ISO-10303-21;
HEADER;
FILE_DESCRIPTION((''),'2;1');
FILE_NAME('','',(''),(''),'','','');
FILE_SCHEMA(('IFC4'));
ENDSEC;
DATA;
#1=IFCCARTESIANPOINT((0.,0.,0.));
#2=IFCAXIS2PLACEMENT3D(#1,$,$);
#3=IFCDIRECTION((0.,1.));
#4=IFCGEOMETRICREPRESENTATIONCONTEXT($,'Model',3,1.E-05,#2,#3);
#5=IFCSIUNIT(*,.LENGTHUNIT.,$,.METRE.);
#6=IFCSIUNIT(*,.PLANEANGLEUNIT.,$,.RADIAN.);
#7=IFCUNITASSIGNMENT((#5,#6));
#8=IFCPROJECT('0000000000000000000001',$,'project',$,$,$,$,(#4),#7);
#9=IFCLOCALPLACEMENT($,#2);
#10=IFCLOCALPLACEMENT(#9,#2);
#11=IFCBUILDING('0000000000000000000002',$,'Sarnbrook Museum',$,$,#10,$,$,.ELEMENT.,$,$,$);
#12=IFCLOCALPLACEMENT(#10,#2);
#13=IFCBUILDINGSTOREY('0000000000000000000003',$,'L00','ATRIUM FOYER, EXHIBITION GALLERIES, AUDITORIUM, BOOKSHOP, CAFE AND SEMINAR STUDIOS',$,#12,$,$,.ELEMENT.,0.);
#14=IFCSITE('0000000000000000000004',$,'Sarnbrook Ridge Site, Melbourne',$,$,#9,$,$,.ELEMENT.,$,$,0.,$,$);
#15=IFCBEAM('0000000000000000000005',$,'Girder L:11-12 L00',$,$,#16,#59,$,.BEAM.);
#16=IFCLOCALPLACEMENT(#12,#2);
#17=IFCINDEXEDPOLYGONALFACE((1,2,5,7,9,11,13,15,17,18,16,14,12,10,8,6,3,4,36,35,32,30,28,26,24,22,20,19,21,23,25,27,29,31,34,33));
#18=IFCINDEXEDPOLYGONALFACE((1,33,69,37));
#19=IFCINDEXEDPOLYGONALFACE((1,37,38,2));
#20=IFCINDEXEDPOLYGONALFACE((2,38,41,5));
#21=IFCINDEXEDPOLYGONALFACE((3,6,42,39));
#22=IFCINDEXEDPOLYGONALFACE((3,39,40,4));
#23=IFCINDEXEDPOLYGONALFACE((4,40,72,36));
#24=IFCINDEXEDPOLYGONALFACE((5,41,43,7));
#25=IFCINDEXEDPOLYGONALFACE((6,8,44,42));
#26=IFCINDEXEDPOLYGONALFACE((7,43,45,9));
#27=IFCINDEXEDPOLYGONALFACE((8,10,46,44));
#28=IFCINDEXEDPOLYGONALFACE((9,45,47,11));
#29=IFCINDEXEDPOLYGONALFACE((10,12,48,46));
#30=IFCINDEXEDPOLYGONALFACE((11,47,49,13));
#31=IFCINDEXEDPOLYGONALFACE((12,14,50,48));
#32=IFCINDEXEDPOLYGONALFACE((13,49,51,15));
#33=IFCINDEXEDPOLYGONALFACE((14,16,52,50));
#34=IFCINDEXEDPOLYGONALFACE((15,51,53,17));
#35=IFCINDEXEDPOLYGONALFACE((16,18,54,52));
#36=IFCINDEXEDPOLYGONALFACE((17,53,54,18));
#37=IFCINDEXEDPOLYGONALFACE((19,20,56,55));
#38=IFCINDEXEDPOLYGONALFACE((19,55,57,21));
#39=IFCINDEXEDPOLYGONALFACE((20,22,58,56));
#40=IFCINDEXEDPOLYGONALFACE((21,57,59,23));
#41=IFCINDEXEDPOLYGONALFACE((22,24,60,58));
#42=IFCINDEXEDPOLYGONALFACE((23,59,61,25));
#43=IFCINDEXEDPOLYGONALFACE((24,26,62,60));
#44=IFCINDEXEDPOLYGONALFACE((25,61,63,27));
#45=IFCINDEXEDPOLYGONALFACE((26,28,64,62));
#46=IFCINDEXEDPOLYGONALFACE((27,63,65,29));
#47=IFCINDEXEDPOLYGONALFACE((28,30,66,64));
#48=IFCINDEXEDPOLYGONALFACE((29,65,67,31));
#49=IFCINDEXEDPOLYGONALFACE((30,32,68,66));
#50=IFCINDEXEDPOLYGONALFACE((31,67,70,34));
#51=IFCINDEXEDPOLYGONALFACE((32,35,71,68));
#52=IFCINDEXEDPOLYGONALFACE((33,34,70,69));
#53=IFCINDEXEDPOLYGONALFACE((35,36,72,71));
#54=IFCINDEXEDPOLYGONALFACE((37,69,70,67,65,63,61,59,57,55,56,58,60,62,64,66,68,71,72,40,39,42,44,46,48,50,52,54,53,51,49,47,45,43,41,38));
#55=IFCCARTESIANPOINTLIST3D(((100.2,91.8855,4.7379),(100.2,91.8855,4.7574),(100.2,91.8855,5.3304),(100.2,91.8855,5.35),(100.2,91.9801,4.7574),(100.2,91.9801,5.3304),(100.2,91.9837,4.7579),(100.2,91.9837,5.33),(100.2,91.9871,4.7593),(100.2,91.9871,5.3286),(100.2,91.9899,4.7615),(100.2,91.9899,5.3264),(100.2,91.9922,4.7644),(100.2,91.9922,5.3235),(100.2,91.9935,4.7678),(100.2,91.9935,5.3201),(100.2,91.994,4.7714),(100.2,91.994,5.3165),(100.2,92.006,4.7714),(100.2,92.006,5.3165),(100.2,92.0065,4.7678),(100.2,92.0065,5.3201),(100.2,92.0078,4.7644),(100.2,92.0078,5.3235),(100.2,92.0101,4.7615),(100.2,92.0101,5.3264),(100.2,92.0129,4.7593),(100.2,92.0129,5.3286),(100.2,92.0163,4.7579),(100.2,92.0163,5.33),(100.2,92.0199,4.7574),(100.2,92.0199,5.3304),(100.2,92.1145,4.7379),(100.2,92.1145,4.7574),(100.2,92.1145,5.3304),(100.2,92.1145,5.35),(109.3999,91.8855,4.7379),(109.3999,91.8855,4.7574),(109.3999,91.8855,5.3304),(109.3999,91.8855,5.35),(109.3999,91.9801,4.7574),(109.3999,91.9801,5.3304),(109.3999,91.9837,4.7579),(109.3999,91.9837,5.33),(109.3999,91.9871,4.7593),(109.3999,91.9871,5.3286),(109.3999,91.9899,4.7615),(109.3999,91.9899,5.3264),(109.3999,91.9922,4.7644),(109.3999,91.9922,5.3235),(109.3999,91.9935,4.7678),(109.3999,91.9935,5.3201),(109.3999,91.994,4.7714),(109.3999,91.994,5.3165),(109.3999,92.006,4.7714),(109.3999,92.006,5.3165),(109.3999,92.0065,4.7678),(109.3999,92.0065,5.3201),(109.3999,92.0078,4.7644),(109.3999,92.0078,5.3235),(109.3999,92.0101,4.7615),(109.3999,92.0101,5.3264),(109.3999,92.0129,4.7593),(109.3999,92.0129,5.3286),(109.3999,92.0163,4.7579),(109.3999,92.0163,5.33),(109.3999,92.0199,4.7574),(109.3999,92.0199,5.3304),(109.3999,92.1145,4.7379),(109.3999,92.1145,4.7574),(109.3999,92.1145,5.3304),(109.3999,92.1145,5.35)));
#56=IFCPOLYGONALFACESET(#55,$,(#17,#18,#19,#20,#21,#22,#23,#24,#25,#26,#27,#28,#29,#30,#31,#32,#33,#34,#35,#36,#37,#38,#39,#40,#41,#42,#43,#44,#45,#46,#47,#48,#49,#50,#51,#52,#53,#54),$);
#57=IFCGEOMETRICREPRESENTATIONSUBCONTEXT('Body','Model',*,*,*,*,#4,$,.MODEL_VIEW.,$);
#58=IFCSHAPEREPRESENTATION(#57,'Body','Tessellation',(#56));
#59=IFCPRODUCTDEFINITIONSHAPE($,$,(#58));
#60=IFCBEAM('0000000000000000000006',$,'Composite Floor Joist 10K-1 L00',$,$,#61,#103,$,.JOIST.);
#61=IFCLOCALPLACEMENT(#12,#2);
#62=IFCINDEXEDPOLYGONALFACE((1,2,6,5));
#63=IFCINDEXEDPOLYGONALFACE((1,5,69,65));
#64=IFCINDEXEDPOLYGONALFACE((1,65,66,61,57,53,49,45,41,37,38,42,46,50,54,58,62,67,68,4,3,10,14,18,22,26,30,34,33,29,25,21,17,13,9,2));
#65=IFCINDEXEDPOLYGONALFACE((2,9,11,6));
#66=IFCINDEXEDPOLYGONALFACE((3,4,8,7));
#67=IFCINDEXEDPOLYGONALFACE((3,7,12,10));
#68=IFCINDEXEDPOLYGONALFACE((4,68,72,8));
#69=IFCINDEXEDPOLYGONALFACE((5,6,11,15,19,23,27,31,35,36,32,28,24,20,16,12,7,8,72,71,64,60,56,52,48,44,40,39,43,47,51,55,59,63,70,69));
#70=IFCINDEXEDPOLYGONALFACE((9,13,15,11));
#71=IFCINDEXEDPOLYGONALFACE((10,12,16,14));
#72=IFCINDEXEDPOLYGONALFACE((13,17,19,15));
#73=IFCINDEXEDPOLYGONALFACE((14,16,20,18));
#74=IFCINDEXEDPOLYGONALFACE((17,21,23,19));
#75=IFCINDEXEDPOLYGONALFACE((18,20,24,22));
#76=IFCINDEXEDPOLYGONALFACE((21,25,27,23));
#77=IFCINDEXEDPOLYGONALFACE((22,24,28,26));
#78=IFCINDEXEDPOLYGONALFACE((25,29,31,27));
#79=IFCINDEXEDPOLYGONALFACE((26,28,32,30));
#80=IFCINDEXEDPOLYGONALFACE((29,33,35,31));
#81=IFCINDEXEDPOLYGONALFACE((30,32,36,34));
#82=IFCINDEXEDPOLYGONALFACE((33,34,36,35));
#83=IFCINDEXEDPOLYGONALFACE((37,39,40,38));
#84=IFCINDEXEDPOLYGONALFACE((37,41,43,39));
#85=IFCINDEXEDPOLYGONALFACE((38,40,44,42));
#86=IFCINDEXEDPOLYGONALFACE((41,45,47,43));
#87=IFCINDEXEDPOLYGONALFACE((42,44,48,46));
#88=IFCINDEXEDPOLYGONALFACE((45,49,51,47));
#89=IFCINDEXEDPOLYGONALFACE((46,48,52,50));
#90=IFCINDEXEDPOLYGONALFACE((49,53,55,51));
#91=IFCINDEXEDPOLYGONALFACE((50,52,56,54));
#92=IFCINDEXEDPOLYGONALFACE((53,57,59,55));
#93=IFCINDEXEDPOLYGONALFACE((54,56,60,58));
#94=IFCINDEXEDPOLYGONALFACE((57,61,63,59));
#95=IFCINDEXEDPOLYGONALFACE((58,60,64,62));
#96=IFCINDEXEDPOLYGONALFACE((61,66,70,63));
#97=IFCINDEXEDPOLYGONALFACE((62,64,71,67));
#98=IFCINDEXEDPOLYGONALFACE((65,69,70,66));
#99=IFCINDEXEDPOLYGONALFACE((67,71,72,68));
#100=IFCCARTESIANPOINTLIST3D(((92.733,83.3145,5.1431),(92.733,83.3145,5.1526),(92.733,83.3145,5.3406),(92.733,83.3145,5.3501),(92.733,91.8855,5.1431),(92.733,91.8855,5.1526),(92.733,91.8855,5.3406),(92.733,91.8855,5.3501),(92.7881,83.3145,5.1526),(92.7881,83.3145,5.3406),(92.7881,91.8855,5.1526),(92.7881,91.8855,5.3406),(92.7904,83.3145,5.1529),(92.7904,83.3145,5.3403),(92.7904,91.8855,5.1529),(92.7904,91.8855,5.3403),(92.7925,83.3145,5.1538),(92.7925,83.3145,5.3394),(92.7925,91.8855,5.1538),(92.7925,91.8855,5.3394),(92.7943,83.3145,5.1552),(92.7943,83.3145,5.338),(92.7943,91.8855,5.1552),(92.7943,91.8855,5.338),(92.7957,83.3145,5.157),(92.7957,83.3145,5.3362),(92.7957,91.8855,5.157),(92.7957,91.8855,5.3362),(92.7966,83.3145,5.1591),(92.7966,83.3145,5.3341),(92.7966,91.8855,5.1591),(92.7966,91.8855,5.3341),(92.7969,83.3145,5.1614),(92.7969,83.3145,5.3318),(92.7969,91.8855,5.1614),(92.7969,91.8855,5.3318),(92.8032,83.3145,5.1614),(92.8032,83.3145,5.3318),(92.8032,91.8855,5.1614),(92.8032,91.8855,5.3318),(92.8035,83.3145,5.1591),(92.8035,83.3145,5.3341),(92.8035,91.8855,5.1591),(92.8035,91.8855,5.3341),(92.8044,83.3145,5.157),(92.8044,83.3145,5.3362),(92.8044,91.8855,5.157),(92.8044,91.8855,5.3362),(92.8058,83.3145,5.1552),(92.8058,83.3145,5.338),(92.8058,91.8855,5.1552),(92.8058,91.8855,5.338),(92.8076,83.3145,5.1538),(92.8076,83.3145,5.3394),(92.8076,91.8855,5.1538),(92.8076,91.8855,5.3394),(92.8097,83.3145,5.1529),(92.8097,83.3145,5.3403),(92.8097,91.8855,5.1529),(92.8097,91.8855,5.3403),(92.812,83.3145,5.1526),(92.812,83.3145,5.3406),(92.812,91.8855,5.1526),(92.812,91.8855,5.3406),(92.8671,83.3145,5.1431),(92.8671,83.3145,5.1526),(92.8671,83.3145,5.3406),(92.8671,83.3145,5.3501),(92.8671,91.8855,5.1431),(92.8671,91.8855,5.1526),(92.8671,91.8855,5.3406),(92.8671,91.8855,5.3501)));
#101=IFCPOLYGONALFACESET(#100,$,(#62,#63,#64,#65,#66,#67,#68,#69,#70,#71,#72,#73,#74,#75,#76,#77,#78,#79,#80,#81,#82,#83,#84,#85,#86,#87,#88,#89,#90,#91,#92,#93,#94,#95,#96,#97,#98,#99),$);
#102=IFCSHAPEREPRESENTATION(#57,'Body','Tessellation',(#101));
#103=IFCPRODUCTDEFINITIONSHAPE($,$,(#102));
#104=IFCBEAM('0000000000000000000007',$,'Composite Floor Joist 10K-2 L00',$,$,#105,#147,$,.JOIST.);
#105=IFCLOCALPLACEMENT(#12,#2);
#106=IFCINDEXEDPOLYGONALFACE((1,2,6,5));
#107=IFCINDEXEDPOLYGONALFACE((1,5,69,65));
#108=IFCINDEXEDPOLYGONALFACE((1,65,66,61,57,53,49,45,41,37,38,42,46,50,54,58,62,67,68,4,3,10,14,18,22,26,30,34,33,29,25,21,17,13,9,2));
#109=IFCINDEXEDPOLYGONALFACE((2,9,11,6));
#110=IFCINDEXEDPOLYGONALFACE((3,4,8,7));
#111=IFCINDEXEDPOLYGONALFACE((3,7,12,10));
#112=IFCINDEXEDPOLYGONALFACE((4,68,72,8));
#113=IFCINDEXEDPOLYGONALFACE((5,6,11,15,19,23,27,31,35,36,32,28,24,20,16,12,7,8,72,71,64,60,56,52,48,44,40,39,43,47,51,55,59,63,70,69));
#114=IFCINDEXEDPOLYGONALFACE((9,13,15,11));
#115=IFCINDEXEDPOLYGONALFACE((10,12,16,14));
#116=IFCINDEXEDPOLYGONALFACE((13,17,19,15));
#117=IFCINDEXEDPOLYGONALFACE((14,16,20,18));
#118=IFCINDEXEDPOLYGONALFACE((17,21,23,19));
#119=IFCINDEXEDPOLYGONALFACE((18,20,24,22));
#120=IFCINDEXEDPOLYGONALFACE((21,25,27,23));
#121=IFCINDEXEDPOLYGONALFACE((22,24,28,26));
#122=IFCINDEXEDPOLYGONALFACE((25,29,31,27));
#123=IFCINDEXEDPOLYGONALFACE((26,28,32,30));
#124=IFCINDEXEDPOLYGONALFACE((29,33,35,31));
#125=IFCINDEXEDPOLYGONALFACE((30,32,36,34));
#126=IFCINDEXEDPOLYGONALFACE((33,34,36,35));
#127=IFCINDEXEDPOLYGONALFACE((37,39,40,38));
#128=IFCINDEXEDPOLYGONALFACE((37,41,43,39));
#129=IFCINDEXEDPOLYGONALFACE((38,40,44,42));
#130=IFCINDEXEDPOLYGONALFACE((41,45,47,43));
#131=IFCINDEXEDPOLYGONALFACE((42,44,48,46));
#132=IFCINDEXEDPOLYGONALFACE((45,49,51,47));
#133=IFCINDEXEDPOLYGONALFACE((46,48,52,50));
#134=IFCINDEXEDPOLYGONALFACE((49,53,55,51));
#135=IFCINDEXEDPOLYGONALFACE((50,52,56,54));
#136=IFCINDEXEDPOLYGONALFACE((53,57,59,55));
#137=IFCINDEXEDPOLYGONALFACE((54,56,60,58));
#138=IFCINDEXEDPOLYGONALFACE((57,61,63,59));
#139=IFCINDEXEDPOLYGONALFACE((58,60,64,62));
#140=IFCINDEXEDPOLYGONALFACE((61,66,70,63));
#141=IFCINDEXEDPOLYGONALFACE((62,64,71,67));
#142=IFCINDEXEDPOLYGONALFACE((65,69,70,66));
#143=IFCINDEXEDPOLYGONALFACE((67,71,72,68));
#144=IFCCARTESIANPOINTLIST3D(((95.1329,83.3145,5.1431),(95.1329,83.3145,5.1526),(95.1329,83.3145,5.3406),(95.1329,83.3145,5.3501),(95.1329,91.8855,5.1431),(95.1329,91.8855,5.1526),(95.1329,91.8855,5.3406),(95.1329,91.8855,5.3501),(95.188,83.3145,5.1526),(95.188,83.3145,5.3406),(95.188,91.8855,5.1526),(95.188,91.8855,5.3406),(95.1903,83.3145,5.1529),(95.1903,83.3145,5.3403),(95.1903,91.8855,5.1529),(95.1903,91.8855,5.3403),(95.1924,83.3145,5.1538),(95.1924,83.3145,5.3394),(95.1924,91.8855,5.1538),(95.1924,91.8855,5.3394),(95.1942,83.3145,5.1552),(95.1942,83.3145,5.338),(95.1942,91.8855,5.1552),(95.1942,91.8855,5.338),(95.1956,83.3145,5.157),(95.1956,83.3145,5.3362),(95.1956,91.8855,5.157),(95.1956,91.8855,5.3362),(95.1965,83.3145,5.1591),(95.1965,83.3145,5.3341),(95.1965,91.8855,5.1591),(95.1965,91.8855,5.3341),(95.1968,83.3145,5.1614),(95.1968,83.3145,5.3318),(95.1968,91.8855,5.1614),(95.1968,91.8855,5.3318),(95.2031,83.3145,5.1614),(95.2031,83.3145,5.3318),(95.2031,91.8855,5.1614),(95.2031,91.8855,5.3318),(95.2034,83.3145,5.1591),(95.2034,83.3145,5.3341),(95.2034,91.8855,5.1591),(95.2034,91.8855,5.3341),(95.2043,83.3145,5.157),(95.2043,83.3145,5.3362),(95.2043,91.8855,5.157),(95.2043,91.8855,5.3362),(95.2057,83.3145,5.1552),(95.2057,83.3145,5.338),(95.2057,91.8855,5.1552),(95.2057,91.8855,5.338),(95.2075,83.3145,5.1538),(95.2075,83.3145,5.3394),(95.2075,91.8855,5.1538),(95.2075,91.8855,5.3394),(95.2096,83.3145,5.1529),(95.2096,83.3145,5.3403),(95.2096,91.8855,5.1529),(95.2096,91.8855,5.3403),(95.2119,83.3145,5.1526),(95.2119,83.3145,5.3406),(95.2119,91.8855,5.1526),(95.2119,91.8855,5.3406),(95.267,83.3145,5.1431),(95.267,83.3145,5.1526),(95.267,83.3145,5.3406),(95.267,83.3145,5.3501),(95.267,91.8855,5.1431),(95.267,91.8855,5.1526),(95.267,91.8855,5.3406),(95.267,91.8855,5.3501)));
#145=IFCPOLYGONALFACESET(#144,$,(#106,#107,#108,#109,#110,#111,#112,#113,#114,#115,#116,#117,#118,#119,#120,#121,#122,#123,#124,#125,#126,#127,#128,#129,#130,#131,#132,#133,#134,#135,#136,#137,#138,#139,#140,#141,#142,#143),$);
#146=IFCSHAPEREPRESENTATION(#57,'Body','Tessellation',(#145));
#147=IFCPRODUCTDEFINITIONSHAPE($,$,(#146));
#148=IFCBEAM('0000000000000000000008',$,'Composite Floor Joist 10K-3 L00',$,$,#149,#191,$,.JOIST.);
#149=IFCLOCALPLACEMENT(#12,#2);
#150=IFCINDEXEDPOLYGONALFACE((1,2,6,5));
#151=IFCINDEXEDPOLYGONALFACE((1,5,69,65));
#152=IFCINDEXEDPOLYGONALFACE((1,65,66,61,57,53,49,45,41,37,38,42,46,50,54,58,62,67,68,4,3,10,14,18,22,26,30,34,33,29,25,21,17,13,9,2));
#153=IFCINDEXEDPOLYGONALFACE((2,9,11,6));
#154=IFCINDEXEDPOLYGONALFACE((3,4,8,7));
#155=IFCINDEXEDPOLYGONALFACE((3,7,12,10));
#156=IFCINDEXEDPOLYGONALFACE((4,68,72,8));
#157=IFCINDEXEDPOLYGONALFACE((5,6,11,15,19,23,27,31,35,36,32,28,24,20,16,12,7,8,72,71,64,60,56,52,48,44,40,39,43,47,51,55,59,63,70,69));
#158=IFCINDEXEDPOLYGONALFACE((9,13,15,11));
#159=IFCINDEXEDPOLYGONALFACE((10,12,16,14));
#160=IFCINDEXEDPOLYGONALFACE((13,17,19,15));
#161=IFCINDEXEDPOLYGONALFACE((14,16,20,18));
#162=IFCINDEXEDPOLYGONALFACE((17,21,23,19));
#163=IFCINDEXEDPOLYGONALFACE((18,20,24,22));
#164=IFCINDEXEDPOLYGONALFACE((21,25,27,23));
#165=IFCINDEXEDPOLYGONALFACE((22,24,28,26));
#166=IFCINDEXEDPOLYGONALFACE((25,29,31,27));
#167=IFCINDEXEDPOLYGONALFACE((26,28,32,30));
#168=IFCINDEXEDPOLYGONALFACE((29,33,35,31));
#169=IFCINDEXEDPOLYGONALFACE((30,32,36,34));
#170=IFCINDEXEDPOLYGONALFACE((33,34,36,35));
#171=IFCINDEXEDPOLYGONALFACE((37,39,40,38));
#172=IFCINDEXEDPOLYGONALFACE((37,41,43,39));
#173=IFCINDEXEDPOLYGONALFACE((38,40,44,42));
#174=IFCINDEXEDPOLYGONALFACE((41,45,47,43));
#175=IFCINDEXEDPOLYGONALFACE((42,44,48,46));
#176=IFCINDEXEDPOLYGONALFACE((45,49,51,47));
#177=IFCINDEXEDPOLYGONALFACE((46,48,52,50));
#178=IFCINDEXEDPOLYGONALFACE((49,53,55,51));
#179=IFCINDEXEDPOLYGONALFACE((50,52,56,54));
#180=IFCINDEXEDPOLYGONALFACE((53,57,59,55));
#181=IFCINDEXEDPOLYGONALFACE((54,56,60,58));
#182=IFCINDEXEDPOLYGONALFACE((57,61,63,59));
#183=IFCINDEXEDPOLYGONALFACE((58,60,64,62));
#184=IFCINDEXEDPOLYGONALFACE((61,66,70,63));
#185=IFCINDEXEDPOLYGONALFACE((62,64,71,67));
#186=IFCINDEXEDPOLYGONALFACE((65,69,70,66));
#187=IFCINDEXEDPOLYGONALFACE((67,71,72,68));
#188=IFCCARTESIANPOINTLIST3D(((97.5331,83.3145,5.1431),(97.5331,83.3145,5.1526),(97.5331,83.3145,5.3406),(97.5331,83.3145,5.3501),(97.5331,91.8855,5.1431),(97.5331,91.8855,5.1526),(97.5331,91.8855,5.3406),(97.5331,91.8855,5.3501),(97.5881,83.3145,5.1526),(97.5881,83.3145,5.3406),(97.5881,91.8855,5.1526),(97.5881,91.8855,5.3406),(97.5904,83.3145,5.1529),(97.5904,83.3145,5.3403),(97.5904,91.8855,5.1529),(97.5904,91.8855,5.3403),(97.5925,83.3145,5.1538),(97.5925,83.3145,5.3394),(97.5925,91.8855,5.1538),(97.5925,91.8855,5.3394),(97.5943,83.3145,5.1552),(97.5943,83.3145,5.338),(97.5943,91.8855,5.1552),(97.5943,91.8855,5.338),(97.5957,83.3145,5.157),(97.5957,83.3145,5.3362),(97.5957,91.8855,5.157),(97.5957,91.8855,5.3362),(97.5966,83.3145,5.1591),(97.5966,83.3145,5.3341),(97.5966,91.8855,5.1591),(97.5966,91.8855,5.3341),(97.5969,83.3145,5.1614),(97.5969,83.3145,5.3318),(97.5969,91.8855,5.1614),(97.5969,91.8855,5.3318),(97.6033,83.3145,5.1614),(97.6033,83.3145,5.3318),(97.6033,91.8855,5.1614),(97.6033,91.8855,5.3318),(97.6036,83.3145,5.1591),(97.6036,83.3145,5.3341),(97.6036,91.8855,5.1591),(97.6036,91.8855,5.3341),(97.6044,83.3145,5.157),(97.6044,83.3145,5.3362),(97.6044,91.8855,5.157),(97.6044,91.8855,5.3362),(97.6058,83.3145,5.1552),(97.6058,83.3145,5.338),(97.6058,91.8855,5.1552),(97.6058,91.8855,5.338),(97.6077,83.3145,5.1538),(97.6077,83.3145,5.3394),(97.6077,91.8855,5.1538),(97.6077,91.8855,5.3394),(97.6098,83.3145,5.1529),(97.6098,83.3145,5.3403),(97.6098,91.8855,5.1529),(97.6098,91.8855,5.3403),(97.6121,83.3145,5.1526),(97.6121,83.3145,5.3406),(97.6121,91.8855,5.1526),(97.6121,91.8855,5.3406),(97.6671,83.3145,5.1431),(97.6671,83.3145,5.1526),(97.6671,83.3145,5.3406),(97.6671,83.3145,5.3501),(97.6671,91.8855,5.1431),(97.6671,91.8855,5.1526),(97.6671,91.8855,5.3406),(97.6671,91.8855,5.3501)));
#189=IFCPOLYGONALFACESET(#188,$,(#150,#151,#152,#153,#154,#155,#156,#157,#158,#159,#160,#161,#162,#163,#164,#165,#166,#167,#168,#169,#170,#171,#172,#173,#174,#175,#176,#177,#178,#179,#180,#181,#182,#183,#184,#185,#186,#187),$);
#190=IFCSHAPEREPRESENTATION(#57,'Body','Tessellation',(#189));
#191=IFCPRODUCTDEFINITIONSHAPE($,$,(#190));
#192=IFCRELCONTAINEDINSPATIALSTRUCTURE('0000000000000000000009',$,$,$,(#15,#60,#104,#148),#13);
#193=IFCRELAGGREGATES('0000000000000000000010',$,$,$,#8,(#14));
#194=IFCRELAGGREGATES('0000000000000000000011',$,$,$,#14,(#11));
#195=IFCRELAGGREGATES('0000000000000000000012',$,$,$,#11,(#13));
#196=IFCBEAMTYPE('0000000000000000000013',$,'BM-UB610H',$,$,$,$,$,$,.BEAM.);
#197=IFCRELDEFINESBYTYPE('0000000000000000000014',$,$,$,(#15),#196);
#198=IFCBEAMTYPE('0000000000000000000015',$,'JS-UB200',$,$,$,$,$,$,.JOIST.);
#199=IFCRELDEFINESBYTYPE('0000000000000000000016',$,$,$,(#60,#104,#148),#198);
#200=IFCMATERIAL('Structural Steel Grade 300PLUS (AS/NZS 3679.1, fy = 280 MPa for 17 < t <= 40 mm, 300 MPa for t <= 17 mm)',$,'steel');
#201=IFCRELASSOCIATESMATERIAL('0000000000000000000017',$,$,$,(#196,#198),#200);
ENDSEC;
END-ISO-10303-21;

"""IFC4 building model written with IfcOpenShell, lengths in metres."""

from ifc_helpers import new_model, si_unit, direction, frame, origin, origin_2d, place, context, subcontext, project, spatial, i_section, extrude, material, material_profile, profile_set, type_object, element, save


model = new_model("IFC4")

# Units and contexts
model_context = context("Model", 3, precision=1e-05, world=origin(), true_north=direction((0.0, 1.0)))
body_context = subcontext(model_context, "Body", "Model", "MODEL_VIEW")
ifc_project = project(units=[si_unit("LENGTHUNIT", "METRE"), si_unit("PLANEANGLEUNIT", "RADIAN")], contexts=[model_context])

# Site, building, storey
site_placement = place(None, origin())
site = spatial("IfcSite", under=ifc_project, at=site_placement, Name="Sarnbrook Ridge Site, Melbourne", CompositionType="ELEMENT", RefElevation=0.0)
building_placement = place(site_placement, origin())
building = spatial("IfcBuilding", under=site, at=building_placement, Name="Sarnbrook Museum", CompositionType="ELEMENT")
storey_placement = place(building_placement, origin())
storey = spatial("IfcBuildingStorey", under=building, at=storey_placement, Name="L00", Description="ATRIUM FOYER, EXHIBITION GALLERIES, AUDITORIUM, BOOKSHOP, CAFE AND SEMINAR STUDIOS", CompositionType="ELEMENT", Elevation=0.0)

# Beams
ifc_material_1 = material(Name="Structural Steel Grade 300PLUS (AS/NZS 3679.1, fy = 280 MPa for 17 < t <= 40 mm, 300 MPa for t <= 17 mm)", Category="steel")
ifc_material_profile_1 = material_profile(ifc_material_1, i_section(OverallWidth=0.229, OverallDepth=0.6121, WebThickness=0.012, FlangeThickness=0.0195, FilletRadius=0.0139, at=origin_2d()), Name="610UB125")
ifc_profile_set_1 = profile_set([ifc_material_profile_1], Name="Structural Steel Grade 300PLUS (AS/NZS 3679.1, fy = 280 MPa for 17 < t <= 40 mm, 300 MPa for t <= 17 mm)")
beam_type_1 = type_object("IfcBeamType", Name="BM-UB610H", PredefinedType="BEAM", material=ifc_profile_set_1)
for number, where, z_axis, x_axis, name in (
    (1, (100.2, 92.0, 5.0439), (1.0, 0.0, 0.0), (0.0, 1.0, 0.0), "Girder L:11-12 L00"),
):
    element("IfcBeam", number, at=place(storey_placement, frame(where, z_axis=z_axis, x_axis=x_axis)), inside=storey, type_object=beam_type_1, Name=name, PredefinedType="BEAM", context=body_context, shape_type="SweptSolid", body=[
        extrude(i_section(OverallWidth=0.229, OverallDepth=0.6121, WebThickness=0.012, FlangeThickness=0.0195, FilletRadius=0.0139, at=origin_2d()), origin(), (0.0, 0.0, 1.0), 9.2),
    ])
ifc_material_profile_2 = material_profile(ifc_material_1, i_section(OverallWidth=0.134, OverallDepth=0.207, WebThickness=0.0063, FlangeThickness=0.0095, FilletRadius=0.0088, at=origin_2d()), Name="200UB29.8")
ifc_profile_set_2 = profile_set([ifc_material_profile_2], Name="Structural Steel Grade 300PLUS (AS/NZS 3679.1, fy = 280 MPa for 17 < t <= 40 mm, 300 MPa for t <= 17 mm)")
beam_type_2 = type_object("IfcBeamType", Name="JS-UB200", PredefinedType="JOIST", material=ifc_profile_set_2)
for number, where, z_axis, x_axis, name in (
    (2, (92.8, 83.3145, 5.2466), (0.0, 1.0, 0.0), (-1.0, 0.0, 0.0), "Composite Floor Joist 10K-1 L00"),
    (3, (95.2, 83.3145, 5.2466), (0.0, 1.0, 0.0), (-1.0, 0.0, 0.0), "Composite Floor Joist 10K-2 L00"),
    (4, (97.6001, 83.3145, 5.2466), (0.0, 1.0, 0.0), (-1.0, 0.0, 0.0), "Composite Floor Joist 10K-3 L00"),
):
    element("IfcBeam", number, at=place(storey_placement, frame(where, z_axis=z_axis, x_axis=x_axis)), inside=storey, type_object=beam_type_2, Name=name, PredefinedType="JOIST", context=body_context, shape_type="SweptSolid", body=[
        extrude(i_section(OverallWidth=0.134, OverallDepth=0.207, WebThickness=0.0063, FlangeThickness=0.0095, FilletRadius=0.0088, at=origin_2d()), origin(), (0.0, 0.0, 1.0), 8.571),
    ])

save(model, "model.ifc")
